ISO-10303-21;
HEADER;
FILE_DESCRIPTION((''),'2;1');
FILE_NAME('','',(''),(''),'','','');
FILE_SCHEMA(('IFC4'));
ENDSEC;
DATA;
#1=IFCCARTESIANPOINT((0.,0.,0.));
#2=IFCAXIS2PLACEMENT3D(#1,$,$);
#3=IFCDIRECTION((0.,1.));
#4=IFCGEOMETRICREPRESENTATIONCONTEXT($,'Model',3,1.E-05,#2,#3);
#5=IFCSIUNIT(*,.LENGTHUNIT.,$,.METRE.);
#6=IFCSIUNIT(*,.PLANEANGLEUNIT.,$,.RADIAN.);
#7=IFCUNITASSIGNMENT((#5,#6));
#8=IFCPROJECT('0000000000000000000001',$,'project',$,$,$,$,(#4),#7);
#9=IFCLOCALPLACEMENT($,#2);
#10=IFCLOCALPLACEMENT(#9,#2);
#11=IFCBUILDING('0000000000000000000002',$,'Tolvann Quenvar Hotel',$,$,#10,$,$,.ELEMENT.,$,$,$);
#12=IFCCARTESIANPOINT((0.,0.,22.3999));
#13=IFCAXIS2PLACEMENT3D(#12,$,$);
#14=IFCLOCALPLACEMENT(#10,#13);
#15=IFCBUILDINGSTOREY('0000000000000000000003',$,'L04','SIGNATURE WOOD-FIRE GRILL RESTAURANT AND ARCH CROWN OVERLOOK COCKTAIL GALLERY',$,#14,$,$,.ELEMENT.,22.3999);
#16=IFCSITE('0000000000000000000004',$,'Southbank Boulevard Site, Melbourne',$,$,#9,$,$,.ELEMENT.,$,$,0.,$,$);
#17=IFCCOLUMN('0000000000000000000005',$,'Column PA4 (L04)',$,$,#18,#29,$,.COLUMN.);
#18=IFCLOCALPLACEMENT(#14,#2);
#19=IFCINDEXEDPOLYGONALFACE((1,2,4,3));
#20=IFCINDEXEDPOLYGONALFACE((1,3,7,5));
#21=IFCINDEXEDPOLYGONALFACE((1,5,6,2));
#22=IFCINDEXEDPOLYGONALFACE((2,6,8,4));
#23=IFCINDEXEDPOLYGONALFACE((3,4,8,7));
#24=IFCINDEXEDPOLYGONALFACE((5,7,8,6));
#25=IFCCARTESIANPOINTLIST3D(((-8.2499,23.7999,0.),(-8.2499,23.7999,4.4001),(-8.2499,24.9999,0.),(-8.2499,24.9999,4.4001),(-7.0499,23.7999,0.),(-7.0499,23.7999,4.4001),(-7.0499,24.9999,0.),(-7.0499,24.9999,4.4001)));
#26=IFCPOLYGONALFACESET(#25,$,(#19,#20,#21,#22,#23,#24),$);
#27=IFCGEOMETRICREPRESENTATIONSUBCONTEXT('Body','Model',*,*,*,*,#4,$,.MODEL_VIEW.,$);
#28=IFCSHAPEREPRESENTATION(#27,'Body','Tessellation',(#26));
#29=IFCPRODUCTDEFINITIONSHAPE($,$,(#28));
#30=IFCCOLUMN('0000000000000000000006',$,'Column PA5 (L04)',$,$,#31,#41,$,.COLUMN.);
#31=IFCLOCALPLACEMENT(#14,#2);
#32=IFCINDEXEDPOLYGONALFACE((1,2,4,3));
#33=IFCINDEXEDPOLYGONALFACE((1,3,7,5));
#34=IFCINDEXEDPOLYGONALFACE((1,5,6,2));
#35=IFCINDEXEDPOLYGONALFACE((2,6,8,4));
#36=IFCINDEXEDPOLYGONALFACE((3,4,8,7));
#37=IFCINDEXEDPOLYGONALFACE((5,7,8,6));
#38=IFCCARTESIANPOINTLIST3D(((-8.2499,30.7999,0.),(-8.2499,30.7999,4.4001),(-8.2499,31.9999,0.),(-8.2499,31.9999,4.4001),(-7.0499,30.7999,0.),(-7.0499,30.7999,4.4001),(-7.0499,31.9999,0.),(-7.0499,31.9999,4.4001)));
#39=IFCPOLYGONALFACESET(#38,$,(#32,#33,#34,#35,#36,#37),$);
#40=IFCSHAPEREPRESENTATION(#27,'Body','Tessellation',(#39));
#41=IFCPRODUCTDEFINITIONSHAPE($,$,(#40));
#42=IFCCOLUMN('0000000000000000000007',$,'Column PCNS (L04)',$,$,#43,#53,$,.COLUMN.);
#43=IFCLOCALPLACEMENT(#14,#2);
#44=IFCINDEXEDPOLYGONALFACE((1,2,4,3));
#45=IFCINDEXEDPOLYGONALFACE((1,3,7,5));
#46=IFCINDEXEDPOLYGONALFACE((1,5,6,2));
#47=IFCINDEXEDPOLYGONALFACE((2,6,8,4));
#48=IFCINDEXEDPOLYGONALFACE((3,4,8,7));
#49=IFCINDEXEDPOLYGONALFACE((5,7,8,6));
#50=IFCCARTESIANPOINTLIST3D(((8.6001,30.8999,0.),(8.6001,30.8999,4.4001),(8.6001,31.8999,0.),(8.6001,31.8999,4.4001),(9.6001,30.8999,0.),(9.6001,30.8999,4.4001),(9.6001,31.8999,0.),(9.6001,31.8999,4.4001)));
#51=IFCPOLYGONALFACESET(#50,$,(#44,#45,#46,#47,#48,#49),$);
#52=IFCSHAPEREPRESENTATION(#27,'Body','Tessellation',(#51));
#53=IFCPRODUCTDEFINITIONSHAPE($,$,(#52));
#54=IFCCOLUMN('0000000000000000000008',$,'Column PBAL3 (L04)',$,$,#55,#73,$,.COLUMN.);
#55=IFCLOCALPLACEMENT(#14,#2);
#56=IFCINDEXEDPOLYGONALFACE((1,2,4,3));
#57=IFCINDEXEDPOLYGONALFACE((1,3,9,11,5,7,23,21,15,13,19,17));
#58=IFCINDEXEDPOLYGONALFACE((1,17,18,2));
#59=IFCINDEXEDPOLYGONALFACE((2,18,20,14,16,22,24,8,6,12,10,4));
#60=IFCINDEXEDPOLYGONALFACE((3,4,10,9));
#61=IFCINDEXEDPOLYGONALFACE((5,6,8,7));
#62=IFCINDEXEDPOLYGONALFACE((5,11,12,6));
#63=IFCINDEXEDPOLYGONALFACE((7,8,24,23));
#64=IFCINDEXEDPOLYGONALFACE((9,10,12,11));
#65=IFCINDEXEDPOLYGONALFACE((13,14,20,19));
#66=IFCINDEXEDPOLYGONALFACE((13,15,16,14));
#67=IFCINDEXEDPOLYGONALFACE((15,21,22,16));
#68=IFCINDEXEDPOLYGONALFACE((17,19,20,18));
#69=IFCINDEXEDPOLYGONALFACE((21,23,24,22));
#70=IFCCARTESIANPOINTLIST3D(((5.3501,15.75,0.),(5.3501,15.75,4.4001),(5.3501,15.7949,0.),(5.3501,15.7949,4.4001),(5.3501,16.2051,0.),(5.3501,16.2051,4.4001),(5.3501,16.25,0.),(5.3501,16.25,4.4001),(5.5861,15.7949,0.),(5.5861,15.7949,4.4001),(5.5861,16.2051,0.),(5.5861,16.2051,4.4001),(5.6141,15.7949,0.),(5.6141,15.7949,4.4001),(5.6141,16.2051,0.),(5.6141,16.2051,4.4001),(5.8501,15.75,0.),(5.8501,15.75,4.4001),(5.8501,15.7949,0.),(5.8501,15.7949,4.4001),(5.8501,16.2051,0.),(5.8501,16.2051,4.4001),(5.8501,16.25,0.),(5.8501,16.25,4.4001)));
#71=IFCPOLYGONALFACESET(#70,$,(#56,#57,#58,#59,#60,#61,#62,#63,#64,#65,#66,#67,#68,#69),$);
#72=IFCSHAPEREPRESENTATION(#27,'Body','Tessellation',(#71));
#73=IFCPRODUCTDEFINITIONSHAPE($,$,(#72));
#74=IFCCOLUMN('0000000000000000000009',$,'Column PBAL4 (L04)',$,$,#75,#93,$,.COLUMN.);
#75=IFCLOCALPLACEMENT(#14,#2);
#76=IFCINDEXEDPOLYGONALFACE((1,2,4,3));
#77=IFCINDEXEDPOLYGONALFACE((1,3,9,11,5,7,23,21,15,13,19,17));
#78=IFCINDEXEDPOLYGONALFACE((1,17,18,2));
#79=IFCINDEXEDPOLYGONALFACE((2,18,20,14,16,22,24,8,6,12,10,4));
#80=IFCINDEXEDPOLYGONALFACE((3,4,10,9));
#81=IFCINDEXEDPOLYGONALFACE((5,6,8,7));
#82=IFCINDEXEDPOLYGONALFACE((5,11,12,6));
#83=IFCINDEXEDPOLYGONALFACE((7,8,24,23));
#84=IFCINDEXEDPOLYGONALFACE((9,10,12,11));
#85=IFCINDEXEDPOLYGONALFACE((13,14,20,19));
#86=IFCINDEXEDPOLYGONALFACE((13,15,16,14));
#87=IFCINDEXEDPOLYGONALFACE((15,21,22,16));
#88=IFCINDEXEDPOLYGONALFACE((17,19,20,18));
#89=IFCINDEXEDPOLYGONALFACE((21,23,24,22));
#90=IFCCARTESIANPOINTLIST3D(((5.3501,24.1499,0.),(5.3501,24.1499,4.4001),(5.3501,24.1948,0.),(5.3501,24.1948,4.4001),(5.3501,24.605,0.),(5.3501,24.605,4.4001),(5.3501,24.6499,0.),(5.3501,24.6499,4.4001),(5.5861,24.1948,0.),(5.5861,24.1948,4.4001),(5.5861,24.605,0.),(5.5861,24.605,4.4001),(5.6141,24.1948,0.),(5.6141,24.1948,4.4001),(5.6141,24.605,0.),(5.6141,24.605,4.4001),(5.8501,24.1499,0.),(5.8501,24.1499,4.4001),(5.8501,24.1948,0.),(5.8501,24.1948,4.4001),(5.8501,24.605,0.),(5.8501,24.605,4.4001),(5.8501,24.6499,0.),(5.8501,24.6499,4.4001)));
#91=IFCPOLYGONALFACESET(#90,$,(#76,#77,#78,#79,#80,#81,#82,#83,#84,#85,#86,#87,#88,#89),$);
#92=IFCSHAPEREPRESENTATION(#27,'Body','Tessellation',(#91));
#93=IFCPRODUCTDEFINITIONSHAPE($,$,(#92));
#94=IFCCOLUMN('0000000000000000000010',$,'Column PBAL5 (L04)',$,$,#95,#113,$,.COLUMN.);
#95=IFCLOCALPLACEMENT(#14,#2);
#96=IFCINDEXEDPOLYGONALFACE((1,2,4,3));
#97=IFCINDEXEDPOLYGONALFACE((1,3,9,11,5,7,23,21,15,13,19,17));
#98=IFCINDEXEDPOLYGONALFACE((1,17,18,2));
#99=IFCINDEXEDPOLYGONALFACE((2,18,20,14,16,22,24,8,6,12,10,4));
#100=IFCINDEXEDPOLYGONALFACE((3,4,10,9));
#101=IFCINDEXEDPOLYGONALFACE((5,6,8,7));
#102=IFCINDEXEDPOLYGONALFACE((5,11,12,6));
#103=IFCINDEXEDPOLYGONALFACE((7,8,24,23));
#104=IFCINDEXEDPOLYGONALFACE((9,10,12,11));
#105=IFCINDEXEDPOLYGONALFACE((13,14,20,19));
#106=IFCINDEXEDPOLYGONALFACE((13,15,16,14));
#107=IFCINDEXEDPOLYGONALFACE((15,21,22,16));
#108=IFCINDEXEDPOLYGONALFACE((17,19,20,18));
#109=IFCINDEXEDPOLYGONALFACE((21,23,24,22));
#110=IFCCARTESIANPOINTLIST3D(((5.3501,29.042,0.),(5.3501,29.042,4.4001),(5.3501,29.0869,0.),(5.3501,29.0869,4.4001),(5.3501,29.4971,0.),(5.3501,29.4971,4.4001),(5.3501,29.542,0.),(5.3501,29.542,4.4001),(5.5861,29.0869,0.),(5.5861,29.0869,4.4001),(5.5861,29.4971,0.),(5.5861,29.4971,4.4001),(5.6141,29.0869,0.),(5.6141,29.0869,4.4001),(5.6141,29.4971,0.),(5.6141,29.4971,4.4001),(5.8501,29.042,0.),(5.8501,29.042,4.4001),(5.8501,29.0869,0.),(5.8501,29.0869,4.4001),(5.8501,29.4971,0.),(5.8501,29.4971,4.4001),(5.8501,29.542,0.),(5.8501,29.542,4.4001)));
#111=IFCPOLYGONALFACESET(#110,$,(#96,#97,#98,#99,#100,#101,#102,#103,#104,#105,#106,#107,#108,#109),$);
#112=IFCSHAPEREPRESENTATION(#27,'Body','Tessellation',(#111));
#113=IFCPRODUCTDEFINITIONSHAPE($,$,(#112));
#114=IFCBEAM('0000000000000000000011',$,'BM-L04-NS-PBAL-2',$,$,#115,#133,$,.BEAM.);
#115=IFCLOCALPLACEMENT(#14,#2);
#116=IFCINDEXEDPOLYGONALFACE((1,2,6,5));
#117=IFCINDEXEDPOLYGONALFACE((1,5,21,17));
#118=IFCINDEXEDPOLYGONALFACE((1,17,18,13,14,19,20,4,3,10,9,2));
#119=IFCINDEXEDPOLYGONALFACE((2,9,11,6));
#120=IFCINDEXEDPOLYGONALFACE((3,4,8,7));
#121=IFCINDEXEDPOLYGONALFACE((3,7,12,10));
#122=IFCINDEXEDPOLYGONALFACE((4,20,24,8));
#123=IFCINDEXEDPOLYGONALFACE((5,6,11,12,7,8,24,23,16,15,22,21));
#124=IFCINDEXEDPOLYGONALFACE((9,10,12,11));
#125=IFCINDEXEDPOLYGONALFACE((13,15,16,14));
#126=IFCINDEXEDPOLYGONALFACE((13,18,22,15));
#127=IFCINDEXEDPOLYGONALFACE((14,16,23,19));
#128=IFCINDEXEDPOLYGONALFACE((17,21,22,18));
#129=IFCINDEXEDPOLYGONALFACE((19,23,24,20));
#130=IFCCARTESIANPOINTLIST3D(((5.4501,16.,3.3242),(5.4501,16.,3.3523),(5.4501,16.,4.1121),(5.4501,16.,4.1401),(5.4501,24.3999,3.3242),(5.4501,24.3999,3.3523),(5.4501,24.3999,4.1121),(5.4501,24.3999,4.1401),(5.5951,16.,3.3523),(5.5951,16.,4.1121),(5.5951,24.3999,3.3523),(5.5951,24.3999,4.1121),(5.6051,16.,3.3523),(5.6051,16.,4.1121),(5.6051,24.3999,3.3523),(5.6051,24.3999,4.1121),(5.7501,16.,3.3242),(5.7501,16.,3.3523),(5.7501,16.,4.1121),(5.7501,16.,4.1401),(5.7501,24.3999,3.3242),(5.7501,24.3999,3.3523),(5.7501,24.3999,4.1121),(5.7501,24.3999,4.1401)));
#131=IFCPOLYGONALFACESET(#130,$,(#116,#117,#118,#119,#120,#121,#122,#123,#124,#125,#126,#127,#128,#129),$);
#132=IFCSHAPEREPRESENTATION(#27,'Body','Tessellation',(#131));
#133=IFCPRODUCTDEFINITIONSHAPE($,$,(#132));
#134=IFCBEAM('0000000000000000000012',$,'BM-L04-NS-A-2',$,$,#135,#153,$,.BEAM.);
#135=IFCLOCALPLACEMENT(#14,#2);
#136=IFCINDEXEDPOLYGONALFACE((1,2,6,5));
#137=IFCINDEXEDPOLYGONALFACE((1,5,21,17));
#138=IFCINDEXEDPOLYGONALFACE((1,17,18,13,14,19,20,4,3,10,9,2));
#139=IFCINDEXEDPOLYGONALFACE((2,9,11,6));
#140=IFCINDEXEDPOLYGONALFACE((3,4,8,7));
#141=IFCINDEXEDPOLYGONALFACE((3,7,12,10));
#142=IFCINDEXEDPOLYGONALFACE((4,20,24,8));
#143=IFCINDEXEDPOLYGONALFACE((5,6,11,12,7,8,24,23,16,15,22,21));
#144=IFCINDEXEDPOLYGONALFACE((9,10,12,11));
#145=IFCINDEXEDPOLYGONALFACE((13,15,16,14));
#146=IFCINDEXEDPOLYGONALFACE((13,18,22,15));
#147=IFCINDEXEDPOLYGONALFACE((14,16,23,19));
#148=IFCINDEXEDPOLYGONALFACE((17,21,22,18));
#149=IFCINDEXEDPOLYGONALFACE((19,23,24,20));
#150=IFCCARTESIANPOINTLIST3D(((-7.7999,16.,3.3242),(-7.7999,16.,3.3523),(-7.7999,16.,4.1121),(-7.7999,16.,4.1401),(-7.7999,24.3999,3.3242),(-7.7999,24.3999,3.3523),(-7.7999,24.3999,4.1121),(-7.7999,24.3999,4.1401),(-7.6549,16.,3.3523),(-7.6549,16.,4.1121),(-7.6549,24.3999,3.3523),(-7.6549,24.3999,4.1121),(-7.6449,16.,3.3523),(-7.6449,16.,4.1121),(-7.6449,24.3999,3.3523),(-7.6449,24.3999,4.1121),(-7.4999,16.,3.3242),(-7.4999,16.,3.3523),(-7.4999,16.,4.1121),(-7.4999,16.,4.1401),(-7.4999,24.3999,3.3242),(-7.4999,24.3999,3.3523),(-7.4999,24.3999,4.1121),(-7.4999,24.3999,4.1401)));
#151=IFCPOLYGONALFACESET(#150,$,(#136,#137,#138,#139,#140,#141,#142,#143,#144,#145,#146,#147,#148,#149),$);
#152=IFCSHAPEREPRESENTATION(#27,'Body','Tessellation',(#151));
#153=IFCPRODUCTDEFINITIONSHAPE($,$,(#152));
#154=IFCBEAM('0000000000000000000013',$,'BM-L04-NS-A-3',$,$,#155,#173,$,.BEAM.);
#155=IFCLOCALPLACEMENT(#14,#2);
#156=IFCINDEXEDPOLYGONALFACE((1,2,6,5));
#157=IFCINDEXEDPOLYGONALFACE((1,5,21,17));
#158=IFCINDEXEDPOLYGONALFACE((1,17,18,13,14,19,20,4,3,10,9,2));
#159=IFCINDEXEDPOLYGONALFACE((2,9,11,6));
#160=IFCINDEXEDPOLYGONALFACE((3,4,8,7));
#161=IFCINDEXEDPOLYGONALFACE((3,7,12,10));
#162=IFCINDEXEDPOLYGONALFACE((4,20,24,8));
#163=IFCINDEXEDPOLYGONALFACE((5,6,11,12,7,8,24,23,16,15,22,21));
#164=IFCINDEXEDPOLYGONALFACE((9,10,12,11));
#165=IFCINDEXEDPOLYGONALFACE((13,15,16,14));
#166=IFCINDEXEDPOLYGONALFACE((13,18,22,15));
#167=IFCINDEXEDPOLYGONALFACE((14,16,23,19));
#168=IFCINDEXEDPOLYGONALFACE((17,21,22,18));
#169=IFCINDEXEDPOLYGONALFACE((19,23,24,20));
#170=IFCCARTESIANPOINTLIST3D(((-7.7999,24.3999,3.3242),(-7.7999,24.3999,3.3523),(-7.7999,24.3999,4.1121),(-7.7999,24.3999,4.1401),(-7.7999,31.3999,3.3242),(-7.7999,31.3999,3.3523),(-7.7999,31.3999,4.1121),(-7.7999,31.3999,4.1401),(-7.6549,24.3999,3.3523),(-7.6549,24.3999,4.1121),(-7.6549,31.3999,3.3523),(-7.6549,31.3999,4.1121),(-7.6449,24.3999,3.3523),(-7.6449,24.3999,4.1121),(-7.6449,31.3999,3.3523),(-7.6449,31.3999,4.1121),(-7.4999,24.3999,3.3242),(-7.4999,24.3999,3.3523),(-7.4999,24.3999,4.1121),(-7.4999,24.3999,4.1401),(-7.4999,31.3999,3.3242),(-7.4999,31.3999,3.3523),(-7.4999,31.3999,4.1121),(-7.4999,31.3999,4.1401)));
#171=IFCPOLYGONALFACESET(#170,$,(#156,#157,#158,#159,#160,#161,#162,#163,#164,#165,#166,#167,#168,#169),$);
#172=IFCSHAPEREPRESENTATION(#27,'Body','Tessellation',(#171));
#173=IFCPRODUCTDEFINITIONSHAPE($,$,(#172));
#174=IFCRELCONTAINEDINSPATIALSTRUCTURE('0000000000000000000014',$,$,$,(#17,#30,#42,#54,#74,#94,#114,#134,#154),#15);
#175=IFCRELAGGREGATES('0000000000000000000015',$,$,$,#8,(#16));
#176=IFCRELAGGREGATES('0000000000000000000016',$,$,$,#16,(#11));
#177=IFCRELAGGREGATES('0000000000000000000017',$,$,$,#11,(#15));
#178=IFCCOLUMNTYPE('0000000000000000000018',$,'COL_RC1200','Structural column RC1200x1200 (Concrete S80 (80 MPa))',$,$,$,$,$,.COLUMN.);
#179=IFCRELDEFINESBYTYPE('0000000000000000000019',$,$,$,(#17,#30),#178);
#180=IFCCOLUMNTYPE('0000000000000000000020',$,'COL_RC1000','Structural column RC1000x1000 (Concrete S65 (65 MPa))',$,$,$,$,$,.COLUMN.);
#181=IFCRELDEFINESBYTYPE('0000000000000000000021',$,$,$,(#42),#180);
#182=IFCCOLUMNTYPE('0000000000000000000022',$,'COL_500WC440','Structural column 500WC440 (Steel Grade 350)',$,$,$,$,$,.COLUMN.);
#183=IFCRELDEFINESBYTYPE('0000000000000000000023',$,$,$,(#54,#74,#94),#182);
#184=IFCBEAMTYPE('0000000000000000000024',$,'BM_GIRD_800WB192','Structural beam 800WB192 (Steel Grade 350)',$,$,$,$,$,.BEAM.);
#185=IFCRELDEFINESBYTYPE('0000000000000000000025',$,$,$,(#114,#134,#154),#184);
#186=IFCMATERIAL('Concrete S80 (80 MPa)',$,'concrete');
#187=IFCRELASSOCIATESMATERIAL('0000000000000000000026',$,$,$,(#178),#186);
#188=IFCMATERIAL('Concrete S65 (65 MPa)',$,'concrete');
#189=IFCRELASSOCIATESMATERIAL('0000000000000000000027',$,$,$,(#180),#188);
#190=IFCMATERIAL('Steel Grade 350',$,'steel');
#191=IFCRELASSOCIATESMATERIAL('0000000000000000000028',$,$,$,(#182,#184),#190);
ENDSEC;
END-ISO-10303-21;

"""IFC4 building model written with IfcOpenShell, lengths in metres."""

from ifc_helpers import new_model, si_unit, direction, frame, origin, origin_2d, place, context, subcontext, project, spatial, rectangle, i_section, extrude, source, transform, mapped, material, material_profile, profile_set, type_object, type_shapes, element, save


model = new_model("IFC4")

# Units and contexts
model_context = context("Model", 3, precision=1e-05, world=origin(), true_north=direction((0.0, 1.0)))
body_context = subcontext(model_context, "Body", "Model", "MODEL_VIEW")
ifc_project = project(units=[si_unit("LENGTHUNIT", "METRE"), si_unit("PLANEANGLEUNIT", "RADIAN")], contexts=[model_context])

# Site, building, storey
site_placement = place(None, origin())
site = spatial("IfcSite", under=ifc_project, at=site_placement, Name="Southbank Boulevard Site, Melbourne", CompositionType="ELEMENT", RefElevation=0.0)
building_placement = place(site_placement, origin())
building = spatial("IfcBuilding", under=site, at=building_placement, Name="Tolvann Quenvar Hotel", CompositionType="ELEMENT")
storey_placement = place(building_placement, frame((0.0, 0.0, 22.3999)))
storey = spatial("IfcBuildingStorey", under=building, at=storey_placement, Name="L04", Description="SIGNATURE WOOD-FIRE GRILL RESTAURANT AND ARCH CROWN OVERLOOK COCKTAIL GALLERY", CompositionType="ELEMENT", Elevation=22.3999)

# Columns
ifc_material_1 = material(Name="Concrete S80 (80 MPa)", Category="concrete")
ifc_material_profile_1 = material_profile(ifc_material_1, rectangle(XDim=1.2, YDim=1.2, at=origin_2d()), Name="RC1200x1200")
ifc_profile_set_1 = profile_set([ifc_material_profile_1], Name="Concrete S80 (80 MPa)")
column_type_1 = type_object("IfcColumnType", Name="COL_RC1200", Description="Structural column RC1200x1200 (Concrete S80 (80 MPa))", PredefinedType="COLUMN", material=ifc_profile_set_1)
shared_shape_1 = source(origin(), body_context, "Body", "SweptSolid", [
    extrude(rectangle(XDim=1.2, YDim=1.2, at=origin_2d()), origin(), (0.0, 0.0, 1.0), 4.4001),
])
type_shapes(column_type_1, [shared_shape_1])
for number, where, z_axis, x_axis, name in (
    (1, (-7.6499, 24.3999, 0.0), (0.0, 0.0, 1.0), (1.0, 0.0, 0.0), "Column PA4 (L04)"),
    (2, (-7.6499, 31.3999, 0.0), (0.0, 0.0, 1.0), (1.0, 0.0, 0.0), "Column PA5 (L04)"),
):
    element("IfcColumn", number, at=place(storey_placement, frame(where, z_axis=z_axis, x_axis=x_axis)), inside=storey, type_object=column_type_1, Name=name, PredefinedType="COLUMN", context=body_context, shape_type="MappedRepresentation", body=[
        mapped(shared_shape_1, transform((0.0, 0.0, 0.0), x_axis=(1.0, 0.0, 0.0), y_axis=(0.0, 1.0, 0.0), z_axis=(0.0, 0.0, 1.0), scale=1.0)),
    ])
ifc_material_2 = material(Name="Concrete S65 (65 MPa)", Category="concrete")
ifc_material_profile_2 = material_profile(ifc_material_2, rectangle(XDim=1.0, YDim=1.0, at=origin_2d()), Name="RC1000x1000")
ifc_profile_set_2 = profile_set([ifc_material_profile_2], Name="Concrete S65 (65 MPa)")
column_type_2 = type_object("IfcColumnType", Name="COL_RC1000", Description="Structural column RC1000x1000 (Concrete S65 (65 MPa))", PredefinedType="COLUMN", material=ifc_profile_set_2)
shared_shape_2 = source(origin(), body_context, "Body", "SweptSolid", [
    extrude(rectangle(XDim=1.0, YDim=1.0, at=origin_2d()), origin(), (0.0, 0.0, 1.0), 4.4001),
])
type_shapes(column_type_2, [shared_shape_2])
column_placement = place(storey_placement, frame((9.1001, 31.3999, 0.0), z_axis=(0.0, 0.0, 1.0), x_axis=(1.0, 0.0, 0.0)))
element("IfcColumn", 3, at=column_placement, inside=storey, type_object=column_type_2, Name="Column PCNS (L04)", PredefinedType="COLUMN", context=body_context, shape_type="MappedRepresentation", body=[
    mapped(shared_shape_2, transform((0.0, 0.0, 0.0), x_axis=(1.0, 0.0, 0.0), y_axis=(0.0, 1.0, 0.0), z_axis=(0.0, 0.0, 1.0), scale=1.0)),
])
ifc_material_3 = material(Name="Steel Grade 350", Category="steel")
ifc_material_profile_3 = material_profile(ifc_material_3, i_section(OverallWidth=0.5, OverallDepth=0.5, WebThickness=0.0281, FlangeThickness=0.0449, at=origin_2d()), Name="500WC440")
ifc_profile_set_3 = profile_set([ifc_material_profile_3], Name="Steel Grade 350")
column_type_3 = type_object("IfcColumnType", Name="COL_500WC440", Description="Structural column 500WC440 (Steel Grade 350)", PredefinedType="COLUMN", material=ifc_profile_set_3)
shared_shape_3 = source(origin(), body_context, "Body", "SweptSolid", [
    extrude(i_section(OverallWidth=0.5, OverallDepth=0.5, WebThickness=0.0281, FlangeThickness=0.0449, at=origin_2d()), origin(), (0.0, 0.0, 1.0), 4.4001),
])
type_shapes(column_type_3, [shared_shape_3])
for number, where, z_axis, x_axis, name in (
    (4, (5.6001, 16.0, 0.0), (0.0, 0.0, 1.0), (1.0, 0.0, 0.0), "Column PBAL3 (L04)"),
    (5, (5.6001, 24.3999, 0.0), (0.0, 0.0, 1.0), (1.0, 0.0, 0.0), "Column PBAL4 (L04)"),
    (6, (5.6001, 29.292, 0.0), (0.0, 0.0, 1.0), (1.0, 0.0, 0.0), "Column PBAL5 (L04)"),
):
    element("IfcColumn", number, at=place(storey_placement, frame(where, z_axis=z_axis, x_axis=x_axis)), inside=storey, type_object=column_type_3, Name=name, PredefinedType="COLUMN", context=body_context, shape_type="MappedRepresentation", body=[
        mapped(shared_shape_3, transform((0.0, 0.0, 0.0), x_axis=(1.0, 0.0, 0.0), y_axis=(0.0, 1.0, 0.0), z_axis=(0.0, 0.0, 1.0), scale=1.0)),
    ])

# Beams
ifc_material_profile_4 = material_profile(ifc_material_3, i_section(OverallWidth=0.3, OverallDepth=0.8159, WebThickness=0.01, FlangeThickness=0.0281, at=origin_2d()), Name="800WB192")
ifc_profile_set_4 = profile_set([ifc_material_profile_4], Name="Steel Grade 350")
beam_type_1 = type_object("IfcBeamType", Name="BM_GIRD_800WB192", Description="Structural beam 800WB192 (Steel Grade 350)", PredefinedType="BEAM", material=ifc_profile_set_4)
shared_shape_4 = source(origin(), body_context, "Body", "SweptSolid", [
    extrude(i_section(OverallWidth=0.3, OverallDepth=0.8159, WebThickness=0.01, FlangeThickness=0.0281, at=origin_2d()), origin(), (0.0, 0.0, 1.0), 8.3999),
])
for number, where, z_axis, x_axis, name in (
    (7, (5.6001, 16.0, 3.7322), (0.0, 1.0, 0.0), (-1.0, 0.0, 0.0), "BM-L04-NS-PBAL-2"),
    (8, (-7.6499, 16.0, 3.7322), (0.0, 1.0, 0.0), (-1.0, 0.0, 0.0), "BM-L04-NS-A-2"),
):
    element("IfcBeam", number, at=place(storey_placement, frame(where, z_axis=z_axis, x_axis=x_axis)), inside=storey, type_object=beam_type_1, Name=name, PredefinedType="BEAM", context=body_context, shape_type="MappedRepresentation", body=[
        mapped(shared_shape_4, transform((0.0, 0.0, 0.0), x_axis=(1.0, 0.0, 0.0), y_axis=(0.0, 1.0, 0.0), z_axis=(0.0, 0.0, 1.0), scale=1.0)),
    ])
shared_shape_5 = source(origin(), body_context, "Body", "SweptSolid", [
    extrude(i_section(OverallWidth=0.3, OverallDepth=0.8159, WebThickness=0.01, FlangeThickness=0.0281, at=origin_2d()), origin(), (0.0, 0.0, 1.0), 7.0),
])
beam_1_placement = place(storey_placement, frame((-7.6499, 24.3999, 3.7322), z_axis=(0.0, 1.0, 0.0), x_axis=(-1.0, 0.0, 0.0)))
element("IfcBeam", 9, at=beam_1_placement, inside=storey, type_object=beam_type_1, Name="BM-L04-NS-A-3", PredefinedType="BEAM", context=body_context, shape_type="MappedRepresentation", body=[
    mapped(shared_shape_5, transform((0.0, 0.0, 0.0), x_axis=(1.0, 0.0, 0.0), y_axis=(0.0, 1.0, 0.0), z_axis=(0.0, 0.0, 1.0), scale=1.0)),
])

save(model, "model.ifc")
